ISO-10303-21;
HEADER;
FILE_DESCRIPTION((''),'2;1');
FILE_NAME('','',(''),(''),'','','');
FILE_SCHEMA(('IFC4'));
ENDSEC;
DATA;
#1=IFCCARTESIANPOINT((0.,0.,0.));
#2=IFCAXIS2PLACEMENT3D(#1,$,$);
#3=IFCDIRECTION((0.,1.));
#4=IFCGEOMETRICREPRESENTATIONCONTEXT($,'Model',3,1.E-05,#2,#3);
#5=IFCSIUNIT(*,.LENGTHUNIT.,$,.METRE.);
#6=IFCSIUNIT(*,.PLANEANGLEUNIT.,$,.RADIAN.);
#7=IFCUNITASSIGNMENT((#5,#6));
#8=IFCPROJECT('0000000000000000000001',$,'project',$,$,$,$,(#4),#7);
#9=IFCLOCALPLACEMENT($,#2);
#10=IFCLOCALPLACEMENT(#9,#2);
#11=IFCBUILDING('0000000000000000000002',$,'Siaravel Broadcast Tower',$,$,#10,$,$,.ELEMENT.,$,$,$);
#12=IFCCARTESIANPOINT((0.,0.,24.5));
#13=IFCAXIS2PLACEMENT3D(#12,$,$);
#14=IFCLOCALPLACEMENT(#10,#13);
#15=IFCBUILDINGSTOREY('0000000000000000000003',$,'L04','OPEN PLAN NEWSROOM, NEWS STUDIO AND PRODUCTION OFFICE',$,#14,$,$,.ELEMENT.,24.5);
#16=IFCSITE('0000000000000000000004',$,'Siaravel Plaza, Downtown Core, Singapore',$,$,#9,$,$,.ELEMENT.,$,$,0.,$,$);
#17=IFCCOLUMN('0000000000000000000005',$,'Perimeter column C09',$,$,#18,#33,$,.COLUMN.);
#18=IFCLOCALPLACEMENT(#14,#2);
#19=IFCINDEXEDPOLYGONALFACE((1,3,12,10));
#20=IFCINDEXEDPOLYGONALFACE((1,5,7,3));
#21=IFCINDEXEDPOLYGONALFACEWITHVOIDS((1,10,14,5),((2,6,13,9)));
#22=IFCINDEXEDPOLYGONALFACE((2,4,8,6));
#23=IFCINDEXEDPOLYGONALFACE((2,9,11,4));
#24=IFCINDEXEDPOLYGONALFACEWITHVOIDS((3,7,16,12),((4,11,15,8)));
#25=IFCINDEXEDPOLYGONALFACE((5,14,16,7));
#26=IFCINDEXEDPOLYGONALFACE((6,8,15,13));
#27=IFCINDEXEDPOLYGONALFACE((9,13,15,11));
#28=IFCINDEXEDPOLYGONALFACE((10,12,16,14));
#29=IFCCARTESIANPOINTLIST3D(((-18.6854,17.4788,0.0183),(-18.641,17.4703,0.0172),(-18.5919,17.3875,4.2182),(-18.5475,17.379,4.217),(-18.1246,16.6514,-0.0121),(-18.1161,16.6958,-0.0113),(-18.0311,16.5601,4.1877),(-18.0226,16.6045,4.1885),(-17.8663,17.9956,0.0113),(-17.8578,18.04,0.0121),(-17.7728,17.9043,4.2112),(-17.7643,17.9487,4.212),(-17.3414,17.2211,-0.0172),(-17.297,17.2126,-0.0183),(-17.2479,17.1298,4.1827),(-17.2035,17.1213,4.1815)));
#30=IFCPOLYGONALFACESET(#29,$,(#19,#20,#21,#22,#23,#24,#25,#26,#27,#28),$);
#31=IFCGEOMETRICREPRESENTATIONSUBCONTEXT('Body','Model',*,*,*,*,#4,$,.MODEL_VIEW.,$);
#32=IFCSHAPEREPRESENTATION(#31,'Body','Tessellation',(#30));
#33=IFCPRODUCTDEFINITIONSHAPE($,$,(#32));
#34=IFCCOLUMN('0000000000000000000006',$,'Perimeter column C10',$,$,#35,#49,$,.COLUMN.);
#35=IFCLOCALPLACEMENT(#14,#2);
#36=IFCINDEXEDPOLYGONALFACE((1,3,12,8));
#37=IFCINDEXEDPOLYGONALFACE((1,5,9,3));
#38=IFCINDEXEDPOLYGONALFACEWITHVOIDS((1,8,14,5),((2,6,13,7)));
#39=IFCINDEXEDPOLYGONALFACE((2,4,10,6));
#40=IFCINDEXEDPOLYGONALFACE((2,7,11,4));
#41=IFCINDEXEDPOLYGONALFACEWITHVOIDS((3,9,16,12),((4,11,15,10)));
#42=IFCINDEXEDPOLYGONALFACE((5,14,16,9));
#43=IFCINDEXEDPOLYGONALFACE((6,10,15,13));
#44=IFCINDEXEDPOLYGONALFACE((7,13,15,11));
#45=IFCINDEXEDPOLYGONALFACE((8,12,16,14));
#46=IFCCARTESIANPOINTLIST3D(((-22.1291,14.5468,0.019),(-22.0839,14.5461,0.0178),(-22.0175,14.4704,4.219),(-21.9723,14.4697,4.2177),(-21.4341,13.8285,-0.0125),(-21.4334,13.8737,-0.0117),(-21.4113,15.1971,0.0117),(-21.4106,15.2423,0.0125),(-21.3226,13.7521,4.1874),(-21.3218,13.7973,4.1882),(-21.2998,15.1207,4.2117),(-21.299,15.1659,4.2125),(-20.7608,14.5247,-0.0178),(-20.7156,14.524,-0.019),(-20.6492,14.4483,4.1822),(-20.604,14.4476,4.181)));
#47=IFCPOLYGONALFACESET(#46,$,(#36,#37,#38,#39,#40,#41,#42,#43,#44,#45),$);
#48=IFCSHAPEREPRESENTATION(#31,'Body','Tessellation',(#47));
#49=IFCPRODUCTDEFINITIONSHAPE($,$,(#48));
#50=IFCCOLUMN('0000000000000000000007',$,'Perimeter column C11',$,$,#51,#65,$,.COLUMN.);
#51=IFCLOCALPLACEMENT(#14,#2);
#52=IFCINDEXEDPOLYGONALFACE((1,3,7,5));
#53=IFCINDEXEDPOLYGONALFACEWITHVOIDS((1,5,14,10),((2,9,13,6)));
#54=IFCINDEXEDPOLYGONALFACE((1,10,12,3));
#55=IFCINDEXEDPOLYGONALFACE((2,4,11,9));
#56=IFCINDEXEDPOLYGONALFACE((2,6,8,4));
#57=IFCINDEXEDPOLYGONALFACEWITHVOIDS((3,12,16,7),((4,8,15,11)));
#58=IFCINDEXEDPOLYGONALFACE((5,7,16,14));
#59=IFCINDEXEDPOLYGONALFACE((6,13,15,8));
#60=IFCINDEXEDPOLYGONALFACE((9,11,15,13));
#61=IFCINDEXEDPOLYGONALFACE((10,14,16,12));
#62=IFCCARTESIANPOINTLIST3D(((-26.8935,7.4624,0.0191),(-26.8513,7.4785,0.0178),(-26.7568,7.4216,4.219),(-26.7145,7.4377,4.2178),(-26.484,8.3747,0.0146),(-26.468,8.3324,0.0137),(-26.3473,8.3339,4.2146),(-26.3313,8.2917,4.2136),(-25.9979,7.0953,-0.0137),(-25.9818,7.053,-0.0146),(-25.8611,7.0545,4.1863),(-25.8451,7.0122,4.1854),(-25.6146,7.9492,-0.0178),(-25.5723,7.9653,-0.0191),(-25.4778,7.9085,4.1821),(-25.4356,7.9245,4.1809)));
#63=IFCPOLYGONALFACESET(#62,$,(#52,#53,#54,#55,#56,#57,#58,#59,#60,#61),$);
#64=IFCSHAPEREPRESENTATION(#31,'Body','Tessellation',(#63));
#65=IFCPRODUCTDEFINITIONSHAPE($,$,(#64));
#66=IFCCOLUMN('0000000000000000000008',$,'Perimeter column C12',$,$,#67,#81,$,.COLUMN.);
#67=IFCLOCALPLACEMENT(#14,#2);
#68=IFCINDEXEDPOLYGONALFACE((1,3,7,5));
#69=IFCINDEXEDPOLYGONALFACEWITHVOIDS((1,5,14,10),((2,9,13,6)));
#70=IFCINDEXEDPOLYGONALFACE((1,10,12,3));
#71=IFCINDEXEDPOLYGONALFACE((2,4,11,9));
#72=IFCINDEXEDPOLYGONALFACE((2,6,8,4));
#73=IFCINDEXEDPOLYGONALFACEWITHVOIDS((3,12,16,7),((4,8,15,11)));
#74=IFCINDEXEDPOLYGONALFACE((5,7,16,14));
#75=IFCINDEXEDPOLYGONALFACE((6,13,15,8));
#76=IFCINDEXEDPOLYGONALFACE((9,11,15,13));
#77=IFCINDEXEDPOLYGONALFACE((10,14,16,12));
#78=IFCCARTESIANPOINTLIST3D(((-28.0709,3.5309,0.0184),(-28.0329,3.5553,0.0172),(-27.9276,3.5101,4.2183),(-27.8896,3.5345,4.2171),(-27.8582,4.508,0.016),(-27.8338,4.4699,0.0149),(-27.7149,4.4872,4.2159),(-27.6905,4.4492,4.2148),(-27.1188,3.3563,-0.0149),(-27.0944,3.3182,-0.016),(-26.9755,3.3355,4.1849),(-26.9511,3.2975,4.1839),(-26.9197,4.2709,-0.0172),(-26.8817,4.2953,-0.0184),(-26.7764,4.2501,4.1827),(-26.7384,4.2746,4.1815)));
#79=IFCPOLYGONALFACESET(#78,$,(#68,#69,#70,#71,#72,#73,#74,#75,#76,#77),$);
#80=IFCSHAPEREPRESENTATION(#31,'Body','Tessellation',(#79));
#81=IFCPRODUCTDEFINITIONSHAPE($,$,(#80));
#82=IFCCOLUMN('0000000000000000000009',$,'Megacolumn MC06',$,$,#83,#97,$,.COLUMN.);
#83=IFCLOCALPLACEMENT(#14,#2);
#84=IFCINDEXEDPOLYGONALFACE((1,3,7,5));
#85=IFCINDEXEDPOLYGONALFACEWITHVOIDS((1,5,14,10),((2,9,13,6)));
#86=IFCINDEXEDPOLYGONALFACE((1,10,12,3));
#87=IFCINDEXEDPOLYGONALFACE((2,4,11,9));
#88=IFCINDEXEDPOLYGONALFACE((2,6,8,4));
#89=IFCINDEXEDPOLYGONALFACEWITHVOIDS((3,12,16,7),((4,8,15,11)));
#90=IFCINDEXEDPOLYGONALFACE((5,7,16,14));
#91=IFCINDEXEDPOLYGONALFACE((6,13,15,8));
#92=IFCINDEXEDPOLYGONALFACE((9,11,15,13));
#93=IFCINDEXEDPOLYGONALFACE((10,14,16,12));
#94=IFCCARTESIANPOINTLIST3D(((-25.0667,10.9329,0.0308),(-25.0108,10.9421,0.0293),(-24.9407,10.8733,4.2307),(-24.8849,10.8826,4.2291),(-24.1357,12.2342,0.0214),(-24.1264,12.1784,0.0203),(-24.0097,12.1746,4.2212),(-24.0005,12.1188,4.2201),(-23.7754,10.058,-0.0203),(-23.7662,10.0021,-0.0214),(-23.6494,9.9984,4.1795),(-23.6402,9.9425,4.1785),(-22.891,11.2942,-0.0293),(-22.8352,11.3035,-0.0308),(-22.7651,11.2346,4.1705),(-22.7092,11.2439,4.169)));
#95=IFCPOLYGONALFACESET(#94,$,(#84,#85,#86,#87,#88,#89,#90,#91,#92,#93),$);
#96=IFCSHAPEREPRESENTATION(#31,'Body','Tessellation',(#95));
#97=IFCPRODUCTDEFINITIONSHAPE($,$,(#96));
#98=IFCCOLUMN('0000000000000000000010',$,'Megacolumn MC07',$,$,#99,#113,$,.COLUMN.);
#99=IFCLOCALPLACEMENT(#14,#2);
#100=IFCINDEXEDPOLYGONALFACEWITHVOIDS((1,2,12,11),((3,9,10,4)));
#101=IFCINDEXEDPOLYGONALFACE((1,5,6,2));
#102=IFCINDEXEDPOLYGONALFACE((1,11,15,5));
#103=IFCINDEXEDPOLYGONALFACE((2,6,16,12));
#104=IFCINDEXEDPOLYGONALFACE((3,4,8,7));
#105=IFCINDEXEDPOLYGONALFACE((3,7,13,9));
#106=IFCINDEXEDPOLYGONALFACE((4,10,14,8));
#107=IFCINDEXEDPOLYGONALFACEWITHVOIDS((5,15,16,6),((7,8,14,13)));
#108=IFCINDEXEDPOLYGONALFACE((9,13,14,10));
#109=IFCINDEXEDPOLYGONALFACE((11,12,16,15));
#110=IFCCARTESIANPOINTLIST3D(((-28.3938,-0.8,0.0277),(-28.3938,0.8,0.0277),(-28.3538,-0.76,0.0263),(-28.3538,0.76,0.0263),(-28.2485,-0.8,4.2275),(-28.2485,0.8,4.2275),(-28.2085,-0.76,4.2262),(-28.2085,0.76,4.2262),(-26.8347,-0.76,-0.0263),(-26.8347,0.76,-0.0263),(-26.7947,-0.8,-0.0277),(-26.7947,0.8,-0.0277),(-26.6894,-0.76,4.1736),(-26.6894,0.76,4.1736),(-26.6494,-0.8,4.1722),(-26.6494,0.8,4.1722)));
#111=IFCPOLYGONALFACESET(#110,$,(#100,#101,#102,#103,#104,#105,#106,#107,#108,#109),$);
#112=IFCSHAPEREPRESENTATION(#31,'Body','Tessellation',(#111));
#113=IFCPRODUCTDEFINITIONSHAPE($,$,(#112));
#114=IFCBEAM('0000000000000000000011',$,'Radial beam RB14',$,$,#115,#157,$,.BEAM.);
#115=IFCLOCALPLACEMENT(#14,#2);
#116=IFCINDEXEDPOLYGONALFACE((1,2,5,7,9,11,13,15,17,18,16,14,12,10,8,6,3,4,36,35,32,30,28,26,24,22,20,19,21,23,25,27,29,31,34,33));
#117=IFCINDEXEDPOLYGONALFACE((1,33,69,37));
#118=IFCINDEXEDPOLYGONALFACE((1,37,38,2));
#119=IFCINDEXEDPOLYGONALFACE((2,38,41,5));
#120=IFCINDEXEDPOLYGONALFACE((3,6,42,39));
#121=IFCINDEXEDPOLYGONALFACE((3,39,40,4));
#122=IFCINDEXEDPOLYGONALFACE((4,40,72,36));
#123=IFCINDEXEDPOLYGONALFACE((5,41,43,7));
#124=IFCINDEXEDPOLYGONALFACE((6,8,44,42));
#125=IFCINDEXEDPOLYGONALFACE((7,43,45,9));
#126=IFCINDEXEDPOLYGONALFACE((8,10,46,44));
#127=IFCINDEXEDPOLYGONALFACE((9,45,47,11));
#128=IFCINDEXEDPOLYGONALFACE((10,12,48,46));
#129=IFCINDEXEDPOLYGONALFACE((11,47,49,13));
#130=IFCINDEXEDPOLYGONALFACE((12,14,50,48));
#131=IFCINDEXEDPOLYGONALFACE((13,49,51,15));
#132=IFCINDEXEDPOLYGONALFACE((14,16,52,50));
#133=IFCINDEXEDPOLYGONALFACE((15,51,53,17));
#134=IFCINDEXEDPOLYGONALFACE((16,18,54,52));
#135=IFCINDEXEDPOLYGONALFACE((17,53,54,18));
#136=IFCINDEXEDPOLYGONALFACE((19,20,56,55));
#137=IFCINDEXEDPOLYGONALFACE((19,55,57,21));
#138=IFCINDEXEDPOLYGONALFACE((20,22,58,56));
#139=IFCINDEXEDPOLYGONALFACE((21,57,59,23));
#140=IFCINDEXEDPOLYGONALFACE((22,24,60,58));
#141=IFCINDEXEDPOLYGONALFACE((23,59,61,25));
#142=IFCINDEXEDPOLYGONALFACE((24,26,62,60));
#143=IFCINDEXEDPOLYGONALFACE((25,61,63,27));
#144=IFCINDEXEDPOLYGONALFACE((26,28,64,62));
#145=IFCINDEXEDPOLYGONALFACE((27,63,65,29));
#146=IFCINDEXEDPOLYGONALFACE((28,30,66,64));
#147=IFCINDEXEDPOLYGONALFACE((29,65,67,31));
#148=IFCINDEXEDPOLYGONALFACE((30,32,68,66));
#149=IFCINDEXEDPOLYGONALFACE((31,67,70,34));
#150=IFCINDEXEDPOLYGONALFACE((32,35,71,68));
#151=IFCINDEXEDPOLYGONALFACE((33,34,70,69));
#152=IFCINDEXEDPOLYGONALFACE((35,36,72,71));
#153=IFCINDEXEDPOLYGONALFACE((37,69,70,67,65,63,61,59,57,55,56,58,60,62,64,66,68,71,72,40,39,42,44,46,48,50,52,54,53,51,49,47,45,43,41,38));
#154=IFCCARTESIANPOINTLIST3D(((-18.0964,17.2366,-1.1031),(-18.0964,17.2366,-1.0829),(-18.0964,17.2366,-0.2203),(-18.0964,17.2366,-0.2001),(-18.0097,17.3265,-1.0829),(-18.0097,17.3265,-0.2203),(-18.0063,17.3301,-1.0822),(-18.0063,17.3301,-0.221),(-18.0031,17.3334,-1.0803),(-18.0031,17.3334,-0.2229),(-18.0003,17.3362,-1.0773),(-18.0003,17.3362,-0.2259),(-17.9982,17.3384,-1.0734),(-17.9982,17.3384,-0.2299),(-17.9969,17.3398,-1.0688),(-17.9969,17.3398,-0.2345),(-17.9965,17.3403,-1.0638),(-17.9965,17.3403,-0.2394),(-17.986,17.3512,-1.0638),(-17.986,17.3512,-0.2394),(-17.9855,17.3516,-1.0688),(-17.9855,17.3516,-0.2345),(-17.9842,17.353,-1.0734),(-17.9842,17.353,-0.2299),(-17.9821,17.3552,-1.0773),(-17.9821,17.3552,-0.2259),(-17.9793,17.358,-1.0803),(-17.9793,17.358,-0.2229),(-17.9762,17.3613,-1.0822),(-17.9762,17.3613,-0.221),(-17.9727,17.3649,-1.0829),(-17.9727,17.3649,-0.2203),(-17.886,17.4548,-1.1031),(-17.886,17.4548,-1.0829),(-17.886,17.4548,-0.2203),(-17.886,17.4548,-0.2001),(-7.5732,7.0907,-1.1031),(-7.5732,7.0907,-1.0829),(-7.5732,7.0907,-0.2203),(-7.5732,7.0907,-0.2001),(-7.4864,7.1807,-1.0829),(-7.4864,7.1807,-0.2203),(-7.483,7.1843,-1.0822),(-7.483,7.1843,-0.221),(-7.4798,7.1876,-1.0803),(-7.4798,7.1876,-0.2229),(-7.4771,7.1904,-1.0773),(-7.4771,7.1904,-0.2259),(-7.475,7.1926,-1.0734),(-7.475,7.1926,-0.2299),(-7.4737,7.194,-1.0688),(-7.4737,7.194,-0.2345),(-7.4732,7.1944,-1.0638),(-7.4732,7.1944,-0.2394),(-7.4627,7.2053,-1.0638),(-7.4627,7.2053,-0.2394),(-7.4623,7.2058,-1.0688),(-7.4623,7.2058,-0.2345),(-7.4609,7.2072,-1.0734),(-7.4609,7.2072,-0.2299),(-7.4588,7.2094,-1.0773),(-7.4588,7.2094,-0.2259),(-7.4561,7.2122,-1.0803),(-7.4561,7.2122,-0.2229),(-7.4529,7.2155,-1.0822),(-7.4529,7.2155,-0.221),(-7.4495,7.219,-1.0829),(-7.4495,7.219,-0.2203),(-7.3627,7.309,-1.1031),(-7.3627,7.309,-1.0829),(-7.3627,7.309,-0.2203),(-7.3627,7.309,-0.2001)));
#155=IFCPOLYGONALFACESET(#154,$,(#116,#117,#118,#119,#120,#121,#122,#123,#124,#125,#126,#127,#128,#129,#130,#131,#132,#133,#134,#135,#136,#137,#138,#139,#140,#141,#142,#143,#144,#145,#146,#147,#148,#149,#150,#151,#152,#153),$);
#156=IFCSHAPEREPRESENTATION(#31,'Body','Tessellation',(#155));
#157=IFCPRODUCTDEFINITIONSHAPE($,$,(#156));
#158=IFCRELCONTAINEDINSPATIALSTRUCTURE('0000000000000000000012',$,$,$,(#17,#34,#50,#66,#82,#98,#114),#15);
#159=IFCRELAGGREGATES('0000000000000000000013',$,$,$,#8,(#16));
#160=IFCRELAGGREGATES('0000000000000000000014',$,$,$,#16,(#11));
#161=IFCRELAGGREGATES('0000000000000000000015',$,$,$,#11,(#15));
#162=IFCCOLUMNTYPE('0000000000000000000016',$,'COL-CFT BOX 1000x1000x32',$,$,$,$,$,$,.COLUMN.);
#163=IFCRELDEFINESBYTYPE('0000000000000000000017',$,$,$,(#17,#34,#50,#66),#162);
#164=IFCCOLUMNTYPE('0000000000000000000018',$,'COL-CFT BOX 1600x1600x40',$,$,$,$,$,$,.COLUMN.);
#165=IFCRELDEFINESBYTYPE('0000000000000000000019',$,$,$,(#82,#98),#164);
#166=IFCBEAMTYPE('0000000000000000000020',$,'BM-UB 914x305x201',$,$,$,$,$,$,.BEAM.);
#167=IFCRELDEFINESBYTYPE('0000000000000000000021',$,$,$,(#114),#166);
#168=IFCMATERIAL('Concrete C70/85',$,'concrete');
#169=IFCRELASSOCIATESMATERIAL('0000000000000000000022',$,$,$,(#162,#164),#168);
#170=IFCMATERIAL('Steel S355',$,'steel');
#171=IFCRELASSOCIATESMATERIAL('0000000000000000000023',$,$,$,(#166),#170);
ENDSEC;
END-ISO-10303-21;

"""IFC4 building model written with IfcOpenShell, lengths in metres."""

from ifc_helpers import new_model, si_unit, direction, frame, origin, origin_2d, place, context, subcontext, project, spatial, hollow_rectangle, i_section, extrude, material, material_profile, profile_set, type_object, element, save


model = new_model("IFC4")

# Units and contexts
model_context = context("Model", 3, precision=1e-05, world=origin(), true_north=direction((0.0, 1.0)))
body_context = subcontext(model_context, "Body", "Model", "MODEL_VIEW")
ifc_project = project(units=[si_unit("LENGTHUNIT", "METRE"), si_unit("PLANEANGLEUNIT", "RADIAN")], contexts=[model_context])

# Site, building, storey
site_placement = place(None, origin())
site = spatial("IfcSite", under=ifc_project, at=site_placement, Name="Siaravel Plaza, Downtown Core, Singapore", CompositionType="ELEMENT", RefElevation=0.0)
building_placement = place(site_placement, origin())
building = spatial("IfcBuilding", under=site, at=building_placement, Name="Siaravel Broadcast Tower", CompositionType="ELEMENT")
storey_placement = place(building_placement, frame((0.0, 0.0, 24.5)))
storey = spatial("IfcBuildingStorey", under=building, at=storey_placement, Name="L04", Description="OPEN PLAN NEWSROOM, NEWS STUDIO AND PRODUCTION OFFICE", CompositionType="ELEMENT", Elevation=24.5)

# Columns
ifc_material_1 = material(Name="Concrete C70/85", Category="concrete")
ifc_material_profile_1 = material_profile(ifc_material_1, hollow_rectangle(XDim=1.0, YDim=1.0, WallThickness=0.032, at=origin_2d()))
ifc_profile_set_1 = profile_set([ifc_material_profile_1], Name="Concrete C70/85")
column_type_1 = type_object("IfcColumnType", Name="COL-CFT BOX 1000x1000x32", PredefinedType="COLUMN", material=ifc_profile_set_1)
column_1_placement = place(storey_placement, frame((-17.9912, 17.3457, 0.0), z_axis=(0.022253, -0.02173, 0.999516), x_axis=(0.827637, 0.561229, -0.006225)))
element("IfcColumn", 1, at=column_1_placement, inside=storey, type_object=column_type_1, Name="Perimeter column C09", PredefinedType="COLUMN", context=body_context, shape_type="SweptSolid", body=[
    extrude(hollow_rectangle(XDim=1.0, YDim=1.0, WallThickness=0.032, at=origin_2d()), origin(), (0.0, 0.0, 1.0), 4.2019),
])
column_2_placement = place(storey_placement, frame((-21.4224, 14.5354, 0.0), z_axis=(0.026551, -0.018185, 0.999482), x_axis=(0.71853, 0.695466, -0.006434)))
element("IfcColumn", 2, at=column_2_placement, inside=storey, type_object=column_type_1, Name="Perimeter column C10", PredefinedType="COLUMN", context=body_context, shape_type="SweptSolid", body=[
    extrude(hollow_rectangle(XDim=1.0, YDim=1.0, WallThickness=0.032, at=origin_2d()), origin(), (0.0, 0.0, 1.0), 4.2021),
])
for number, where, z_axis, x_axis, name in (
    (3, (-26.2329, 7.7139, 0.0), (0.032534, -0.009702, 0.999424), (0.409489, 0.912304, -0.004474), "Perimeter column C11"),
    (4, (-27.4763, 3.9131, 0.0), (0.034102, -0.004938, 0.999406), (0.212689, 0.977117, -0.002429), "Perimeter column C12"),
):
    element("IfcColumn", number, at=place(storey_placement, frame(where, z_axis=z_axis, x_axis=x_axis)), inside=storey, type_object=column_type_1, Name=name, PredefinedType="COLUMN", context=body_context, shape_type="SweptSolid", body=[
        extrude(hollow_rectangle(XDim=1.0, YDim=1.0, WallThickness=0.032, at=origin_2d()), origin(), (0.0, 0.0, 1.0), 4.2024),
    ])
ifc_material_profile_2 = material_profile(ifc_material_1, hollow_rectangle(XDim=1.6001, YDim=1.6001, WallThickness=0.04, at=origin_2d()))
ifc_profile_set_2 = profile_set([ifc_material_profile_2], Name="Concrete C70/85")
column_type_2 = type_object("IfcColumnType", Name="COL-CFT BOX 1600x1600x40", PredefinedType="COLUMN", material=ifc_profile_set_2)
column_3_placement = place(storey_placement, frame((-23.9509, 11.1182, 0.0), z_axis=(0.029978, -0.014176, 0.99945), x_axis=(0.581821, 0.813295, -0.005916)))
element("IfcColumn", 5, at=column_3_placement, inside=storey, type_object=column_type_2, Name="Megacolumn MC06", PredefinedType="COLUMN", context=body_context, shape_type="SweptSolid", body=[
    extrude(hollow_rectangle(XDim=1.6001, YDim=1.6001, WallThickness=0.04, at=origin_2d()), origin(), (0.0, 0.0, 1.0), 4.2021),
])
column_4_placement = place(storey_placement, frame((-27.5942, 0.0, 0.0), z_axis=(0.034566, 0.0, 0.999402), x_axis=(0.0, 1.0, 0.0)))
element("IfcColumn", 6, at=column_4_placement, inside=storey, type_object=column_type_2, Name="Megacolumn MC07", PredefinedType="COLUMN", context=body_context, shape_type="SweptSolid", body=[
    extrude(hollow_rectangle(XDim=1.6001, YDim=1.6001, WallThickness=0.04, at=origin_2d()), origin(), (0.0, 0.0, 1.0), 4.2024),
])

# Beam
ifc_material_2 = material(Name="Steel S355", Category="steel")
ifc_material_profile_3 = material_profile(ifc_material_2, i_section(OverallWidth=0.3032, OverallDepth=0.9031, WebThickness=0.0151, FlangeThickness=0.0203, FilletRadius=0.019, at=origin_2d()))
ifc_profile_set_3 = profile_set([ifc_material_profile_3], Name="Steel S355")
beam_type = type_object("IfcBeamType", Name="BM-UB 914x305x201", PredefinedType="BEAM", material=ifc_profile_set_3)
beam_1_placement = place(storey_placement, frame((-17.9912, 17.3457, -0.6516), z_axis=(0.719899, -0.694078, 0.0), x_axis=(0.694078, 0.719899, 0.0)))
element("IfcBeam", 7, at=beam_1_placement, inside=storey, type_object=beam_type, Name="Radial beam RB14", PredefinedType="BEAM", context=body_context, shape_type="SweptSolid", body=[
    extrude(i_section(OverallWidth=0.3032, OverallDepth=0.9031, WebThickness=0.0151, FlangeThickness=0.0203, FilletRadius=0.019, at=origin_2d()), origin(), (0.0, 0.0, 1.0), 14.6177),
])

save(model, "model.ifc")
